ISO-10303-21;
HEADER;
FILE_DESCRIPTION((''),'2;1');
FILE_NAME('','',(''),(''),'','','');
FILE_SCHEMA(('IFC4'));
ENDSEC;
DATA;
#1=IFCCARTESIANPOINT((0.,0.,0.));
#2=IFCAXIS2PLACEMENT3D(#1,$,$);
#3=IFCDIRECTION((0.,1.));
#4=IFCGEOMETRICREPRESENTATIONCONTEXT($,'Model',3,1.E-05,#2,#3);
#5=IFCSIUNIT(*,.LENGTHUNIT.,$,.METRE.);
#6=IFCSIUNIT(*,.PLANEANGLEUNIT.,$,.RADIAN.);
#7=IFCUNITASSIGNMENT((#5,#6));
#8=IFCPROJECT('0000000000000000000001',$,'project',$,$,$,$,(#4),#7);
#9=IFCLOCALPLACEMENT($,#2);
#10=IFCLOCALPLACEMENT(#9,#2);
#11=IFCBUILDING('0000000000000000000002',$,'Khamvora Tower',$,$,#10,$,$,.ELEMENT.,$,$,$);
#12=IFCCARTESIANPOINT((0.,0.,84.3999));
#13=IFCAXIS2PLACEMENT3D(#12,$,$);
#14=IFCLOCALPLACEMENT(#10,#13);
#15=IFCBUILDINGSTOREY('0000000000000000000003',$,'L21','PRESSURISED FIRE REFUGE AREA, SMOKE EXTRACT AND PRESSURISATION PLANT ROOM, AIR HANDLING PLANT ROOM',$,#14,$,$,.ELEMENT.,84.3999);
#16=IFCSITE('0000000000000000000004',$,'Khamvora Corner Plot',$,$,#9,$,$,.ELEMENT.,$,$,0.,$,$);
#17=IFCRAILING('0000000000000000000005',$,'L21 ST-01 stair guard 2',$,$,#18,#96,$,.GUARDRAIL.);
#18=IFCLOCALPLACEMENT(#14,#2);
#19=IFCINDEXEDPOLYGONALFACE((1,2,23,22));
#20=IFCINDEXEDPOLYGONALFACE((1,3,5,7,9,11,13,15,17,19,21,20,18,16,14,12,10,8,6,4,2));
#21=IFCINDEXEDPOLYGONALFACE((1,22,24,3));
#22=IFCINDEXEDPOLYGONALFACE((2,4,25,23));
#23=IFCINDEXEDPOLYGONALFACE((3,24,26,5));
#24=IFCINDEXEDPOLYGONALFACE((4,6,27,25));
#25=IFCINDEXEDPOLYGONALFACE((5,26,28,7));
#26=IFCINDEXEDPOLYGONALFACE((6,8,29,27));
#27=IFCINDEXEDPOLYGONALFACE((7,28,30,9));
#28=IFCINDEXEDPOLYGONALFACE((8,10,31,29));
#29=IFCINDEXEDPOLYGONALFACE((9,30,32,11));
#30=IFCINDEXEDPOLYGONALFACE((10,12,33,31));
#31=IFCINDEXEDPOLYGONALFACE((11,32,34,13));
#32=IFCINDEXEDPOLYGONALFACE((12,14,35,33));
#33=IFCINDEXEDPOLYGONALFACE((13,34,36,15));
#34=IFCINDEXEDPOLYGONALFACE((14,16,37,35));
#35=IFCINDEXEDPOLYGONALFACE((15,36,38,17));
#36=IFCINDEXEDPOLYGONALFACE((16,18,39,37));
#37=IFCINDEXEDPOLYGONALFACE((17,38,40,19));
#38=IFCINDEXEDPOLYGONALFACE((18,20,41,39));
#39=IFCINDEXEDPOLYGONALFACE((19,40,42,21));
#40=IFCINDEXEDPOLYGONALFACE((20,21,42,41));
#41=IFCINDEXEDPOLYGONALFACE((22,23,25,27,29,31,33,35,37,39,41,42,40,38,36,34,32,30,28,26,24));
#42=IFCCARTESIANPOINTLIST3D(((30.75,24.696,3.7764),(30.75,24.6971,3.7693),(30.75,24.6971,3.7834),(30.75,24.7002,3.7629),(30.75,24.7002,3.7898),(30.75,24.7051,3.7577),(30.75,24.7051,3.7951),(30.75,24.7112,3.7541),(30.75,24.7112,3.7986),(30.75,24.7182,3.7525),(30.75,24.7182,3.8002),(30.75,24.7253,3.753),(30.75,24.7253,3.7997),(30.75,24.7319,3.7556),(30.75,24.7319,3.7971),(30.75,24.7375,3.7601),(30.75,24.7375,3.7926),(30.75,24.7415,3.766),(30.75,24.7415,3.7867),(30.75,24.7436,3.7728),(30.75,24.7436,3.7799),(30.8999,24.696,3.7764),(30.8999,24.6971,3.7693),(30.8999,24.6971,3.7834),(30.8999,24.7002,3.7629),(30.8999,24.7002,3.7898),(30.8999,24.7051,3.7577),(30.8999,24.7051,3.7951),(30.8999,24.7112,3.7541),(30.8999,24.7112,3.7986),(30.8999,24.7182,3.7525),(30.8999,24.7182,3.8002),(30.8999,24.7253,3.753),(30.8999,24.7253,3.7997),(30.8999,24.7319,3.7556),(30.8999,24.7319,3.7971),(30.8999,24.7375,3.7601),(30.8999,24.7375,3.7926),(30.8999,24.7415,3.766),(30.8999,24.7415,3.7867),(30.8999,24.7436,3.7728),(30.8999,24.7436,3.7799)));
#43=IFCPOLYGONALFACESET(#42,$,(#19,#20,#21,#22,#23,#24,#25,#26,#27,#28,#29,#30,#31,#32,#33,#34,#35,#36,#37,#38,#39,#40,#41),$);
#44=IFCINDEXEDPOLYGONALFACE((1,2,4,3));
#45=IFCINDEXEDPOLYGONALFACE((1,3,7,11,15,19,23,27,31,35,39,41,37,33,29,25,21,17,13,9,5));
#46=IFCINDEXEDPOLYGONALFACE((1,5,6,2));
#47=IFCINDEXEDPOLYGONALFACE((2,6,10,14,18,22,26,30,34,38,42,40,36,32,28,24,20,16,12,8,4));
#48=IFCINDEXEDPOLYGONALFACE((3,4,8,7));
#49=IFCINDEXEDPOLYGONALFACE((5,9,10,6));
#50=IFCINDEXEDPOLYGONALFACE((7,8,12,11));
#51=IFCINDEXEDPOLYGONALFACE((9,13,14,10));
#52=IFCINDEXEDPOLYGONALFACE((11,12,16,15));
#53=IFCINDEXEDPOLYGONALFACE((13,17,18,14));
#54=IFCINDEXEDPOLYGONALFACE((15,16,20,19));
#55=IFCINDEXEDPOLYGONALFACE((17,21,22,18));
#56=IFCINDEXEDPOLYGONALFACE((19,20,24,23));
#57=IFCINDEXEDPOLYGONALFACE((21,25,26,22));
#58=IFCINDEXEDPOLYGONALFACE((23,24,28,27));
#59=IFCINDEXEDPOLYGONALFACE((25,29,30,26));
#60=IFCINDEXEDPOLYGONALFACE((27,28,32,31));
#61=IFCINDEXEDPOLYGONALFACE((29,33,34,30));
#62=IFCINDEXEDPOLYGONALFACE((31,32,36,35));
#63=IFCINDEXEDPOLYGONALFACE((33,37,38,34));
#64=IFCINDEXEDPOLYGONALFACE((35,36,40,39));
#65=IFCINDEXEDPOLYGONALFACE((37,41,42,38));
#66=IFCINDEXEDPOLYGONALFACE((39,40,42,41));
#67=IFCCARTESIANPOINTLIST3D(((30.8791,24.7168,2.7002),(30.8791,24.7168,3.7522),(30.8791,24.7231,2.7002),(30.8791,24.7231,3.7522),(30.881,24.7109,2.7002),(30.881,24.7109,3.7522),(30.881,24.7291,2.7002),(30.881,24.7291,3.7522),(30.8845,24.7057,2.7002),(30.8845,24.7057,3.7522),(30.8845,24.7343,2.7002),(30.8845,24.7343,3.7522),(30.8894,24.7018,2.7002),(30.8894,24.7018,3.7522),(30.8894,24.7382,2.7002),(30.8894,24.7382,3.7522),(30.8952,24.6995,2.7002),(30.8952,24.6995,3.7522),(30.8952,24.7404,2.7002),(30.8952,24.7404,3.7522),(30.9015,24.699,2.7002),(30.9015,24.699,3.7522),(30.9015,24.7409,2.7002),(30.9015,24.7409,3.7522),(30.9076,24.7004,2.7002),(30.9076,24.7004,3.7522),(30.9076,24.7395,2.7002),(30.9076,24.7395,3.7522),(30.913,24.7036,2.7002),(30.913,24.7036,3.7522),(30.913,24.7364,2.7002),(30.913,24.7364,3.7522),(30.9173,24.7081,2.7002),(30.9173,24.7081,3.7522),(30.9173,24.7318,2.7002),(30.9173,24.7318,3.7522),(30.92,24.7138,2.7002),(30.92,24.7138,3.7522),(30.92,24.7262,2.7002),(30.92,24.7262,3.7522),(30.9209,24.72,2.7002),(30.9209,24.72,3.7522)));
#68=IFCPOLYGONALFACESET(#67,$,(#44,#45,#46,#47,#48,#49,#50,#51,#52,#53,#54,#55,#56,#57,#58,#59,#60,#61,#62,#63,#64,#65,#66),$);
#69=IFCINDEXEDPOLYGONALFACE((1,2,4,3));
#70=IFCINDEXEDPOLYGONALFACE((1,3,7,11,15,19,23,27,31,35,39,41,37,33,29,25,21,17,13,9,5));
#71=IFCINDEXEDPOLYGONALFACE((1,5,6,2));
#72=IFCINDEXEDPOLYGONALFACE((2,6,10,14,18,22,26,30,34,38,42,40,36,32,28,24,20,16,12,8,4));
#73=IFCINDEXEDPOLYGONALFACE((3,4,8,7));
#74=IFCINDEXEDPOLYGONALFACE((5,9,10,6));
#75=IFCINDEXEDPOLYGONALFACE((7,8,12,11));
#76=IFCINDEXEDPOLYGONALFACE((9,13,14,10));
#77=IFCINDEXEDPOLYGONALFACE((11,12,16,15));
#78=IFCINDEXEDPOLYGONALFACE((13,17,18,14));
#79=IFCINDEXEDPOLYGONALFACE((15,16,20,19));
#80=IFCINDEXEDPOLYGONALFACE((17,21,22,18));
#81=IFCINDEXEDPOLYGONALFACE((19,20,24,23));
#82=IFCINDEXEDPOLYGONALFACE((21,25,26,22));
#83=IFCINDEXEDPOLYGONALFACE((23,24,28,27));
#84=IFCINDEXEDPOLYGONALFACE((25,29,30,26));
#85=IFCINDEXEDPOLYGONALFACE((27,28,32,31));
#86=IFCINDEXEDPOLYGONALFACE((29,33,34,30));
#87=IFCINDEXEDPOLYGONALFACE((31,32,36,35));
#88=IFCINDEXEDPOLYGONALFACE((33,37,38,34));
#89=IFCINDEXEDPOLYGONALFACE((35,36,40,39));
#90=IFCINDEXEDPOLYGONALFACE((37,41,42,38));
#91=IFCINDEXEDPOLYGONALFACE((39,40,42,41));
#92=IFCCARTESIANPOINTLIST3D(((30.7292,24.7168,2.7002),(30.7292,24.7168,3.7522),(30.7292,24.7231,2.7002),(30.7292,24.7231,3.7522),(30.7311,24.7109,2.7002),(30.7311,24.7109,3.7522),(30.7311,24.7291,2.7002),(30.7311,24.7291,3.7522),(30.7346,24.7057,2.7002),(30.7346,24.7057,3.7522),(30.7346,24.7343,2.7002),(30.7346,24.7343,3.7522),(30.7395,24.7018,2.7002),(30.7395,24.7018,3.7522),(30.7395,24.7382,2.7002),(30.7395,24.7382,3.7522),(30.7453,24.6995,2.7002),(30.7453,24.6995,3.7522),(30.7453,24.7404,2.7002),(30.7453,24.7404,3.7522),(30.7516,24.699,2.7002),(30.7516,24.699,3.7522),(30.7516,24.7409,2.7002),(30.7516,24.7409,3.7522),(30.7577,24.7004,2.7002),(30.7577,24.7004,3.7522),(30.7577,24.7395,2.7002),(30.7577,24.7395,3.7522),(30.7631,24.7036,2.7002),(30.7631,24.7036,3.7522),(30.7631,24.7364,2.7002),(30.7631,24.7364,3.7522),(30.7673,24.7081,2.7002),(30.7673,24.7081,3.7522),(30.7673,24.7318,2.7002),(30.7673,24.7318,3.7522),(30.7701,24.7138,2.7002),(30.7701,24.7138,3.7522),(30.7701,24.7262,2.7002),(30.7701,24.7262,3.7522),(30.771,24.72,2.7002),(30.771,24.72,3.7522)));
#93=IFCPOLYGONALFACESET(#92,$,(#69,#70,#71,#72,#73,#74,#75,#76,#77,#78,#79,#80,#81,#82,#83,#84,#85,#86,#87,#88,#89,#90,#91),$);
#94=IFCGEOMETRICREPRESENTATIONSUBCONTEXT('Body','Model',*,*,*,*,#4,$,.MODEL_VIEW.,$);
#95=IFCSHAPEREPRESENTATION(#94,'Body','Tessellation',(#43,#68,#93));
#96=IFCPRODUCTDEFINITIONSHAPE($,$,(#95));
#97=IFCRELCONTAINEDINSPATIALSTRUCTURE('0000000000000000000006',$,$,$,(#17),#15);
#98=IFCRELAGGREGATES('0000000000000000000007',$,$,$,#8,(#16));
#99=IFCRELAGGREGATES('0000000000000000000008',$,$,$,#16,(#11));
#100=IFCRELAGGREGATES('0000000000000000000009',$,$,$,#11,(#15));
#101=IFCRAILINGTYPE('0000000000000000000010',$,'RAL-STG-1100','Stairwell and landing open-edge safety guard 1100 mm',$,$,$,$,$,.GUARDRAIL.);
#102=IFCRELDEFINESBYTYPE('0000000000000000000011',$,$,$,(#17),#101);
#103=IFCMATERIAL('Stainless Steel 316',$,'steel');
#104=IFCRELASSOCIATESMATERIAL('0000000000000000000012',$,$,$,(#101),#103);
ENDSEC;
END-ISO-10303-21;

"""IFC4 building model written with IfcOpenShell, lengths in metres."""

from ifc_helpers import new_model, si_unit, direction, frame, origin, origin_2d, place, context, subcontext, project, spatial, circle, extrude, material, type_object, element, save


model = new_model("IFC4")

# Units and contexts
model_context = context("Model", 3, precision=1e-05, world=origin(), true_north=direction((0.0, 1.0)))
body_context = subcontext(model_context, "Body", "Model", "MODEL_VIEW")
ifc_project = project(units=[si_unit("LENGTHUNIT", "METRE"), si_unit("PLANEANGLEUNIT", "RADIAN")], contexts=[model_context])

# Site, building, storey
site_placement = place(None, origin())
site = spatial("IfcSite", under=ifc_project, at=site_placement, Name="Khamvora Corner Plot", CompositionType="ELEMENT", RefElevation=0.0)
building_placement = place(site_placement, origin())
building = spatial("IfcBuilding", under=site, at=building_placement, Name="Khamvora Tower", CompositionType="ELEMENT")
storey_placement = place(building_placement, frame((0.0, 0.0, 84.3999)))
storey = spatial("IfcBuildingStorey", under=building, at=storey_placement, Name="L21", Description="PRESSURISED FIRE REFUGE AREA, SMOKE EXTRACT AND PRESSURISATION PLANT ROOM, AIR HANDLING PLANT ROOM", CompositionType="ELEMENT", Elevation=84.3999)

# Railing
ifc_material_1 = material(Name="Stainless Steel 316", Category="steel")
railing_type_1 = type_object("IfcRailingType", Name="RAL-STG-1100", Description="Stairwell and landing open-edge safety guard 1100 mm", PredefinedType="GUARDRAIL", material=ifc_material_1)
railing_1_placement = place(storey_placement, frame((30.8999, 24.72, 2.7002)))
element("IfcRailing", 1, at=railing_1_placement, inside=storey, type_object=railing_type_1, Name="L21 ST-01 stair guard 2", PredefinedType="GUARDRAIL", context=body_context, shape_type="SweptSolid", body=[
    extrude(circle(Radius=0.0239, at=origin_2d()), frame((0.0, 0.0, 1.0762), z_axis=(-1.0, 0.0, 0.0), x_axis=(0.0, -1.0, 0.0)), (0.0, 0.0, 1.0), 0.1499),
    extrude(circle(Radius=0.021, at=origin_2d()), origin(), (0.0, 0.0, 1.0), 1.052),
    extrude(circle(Radius=0.021, at=origin_2d()), frame((-0.1499, 0.0, 0.0)), (0.0, 0.0, 1.0), 1.052),
])

save(model, "model.ifc")
